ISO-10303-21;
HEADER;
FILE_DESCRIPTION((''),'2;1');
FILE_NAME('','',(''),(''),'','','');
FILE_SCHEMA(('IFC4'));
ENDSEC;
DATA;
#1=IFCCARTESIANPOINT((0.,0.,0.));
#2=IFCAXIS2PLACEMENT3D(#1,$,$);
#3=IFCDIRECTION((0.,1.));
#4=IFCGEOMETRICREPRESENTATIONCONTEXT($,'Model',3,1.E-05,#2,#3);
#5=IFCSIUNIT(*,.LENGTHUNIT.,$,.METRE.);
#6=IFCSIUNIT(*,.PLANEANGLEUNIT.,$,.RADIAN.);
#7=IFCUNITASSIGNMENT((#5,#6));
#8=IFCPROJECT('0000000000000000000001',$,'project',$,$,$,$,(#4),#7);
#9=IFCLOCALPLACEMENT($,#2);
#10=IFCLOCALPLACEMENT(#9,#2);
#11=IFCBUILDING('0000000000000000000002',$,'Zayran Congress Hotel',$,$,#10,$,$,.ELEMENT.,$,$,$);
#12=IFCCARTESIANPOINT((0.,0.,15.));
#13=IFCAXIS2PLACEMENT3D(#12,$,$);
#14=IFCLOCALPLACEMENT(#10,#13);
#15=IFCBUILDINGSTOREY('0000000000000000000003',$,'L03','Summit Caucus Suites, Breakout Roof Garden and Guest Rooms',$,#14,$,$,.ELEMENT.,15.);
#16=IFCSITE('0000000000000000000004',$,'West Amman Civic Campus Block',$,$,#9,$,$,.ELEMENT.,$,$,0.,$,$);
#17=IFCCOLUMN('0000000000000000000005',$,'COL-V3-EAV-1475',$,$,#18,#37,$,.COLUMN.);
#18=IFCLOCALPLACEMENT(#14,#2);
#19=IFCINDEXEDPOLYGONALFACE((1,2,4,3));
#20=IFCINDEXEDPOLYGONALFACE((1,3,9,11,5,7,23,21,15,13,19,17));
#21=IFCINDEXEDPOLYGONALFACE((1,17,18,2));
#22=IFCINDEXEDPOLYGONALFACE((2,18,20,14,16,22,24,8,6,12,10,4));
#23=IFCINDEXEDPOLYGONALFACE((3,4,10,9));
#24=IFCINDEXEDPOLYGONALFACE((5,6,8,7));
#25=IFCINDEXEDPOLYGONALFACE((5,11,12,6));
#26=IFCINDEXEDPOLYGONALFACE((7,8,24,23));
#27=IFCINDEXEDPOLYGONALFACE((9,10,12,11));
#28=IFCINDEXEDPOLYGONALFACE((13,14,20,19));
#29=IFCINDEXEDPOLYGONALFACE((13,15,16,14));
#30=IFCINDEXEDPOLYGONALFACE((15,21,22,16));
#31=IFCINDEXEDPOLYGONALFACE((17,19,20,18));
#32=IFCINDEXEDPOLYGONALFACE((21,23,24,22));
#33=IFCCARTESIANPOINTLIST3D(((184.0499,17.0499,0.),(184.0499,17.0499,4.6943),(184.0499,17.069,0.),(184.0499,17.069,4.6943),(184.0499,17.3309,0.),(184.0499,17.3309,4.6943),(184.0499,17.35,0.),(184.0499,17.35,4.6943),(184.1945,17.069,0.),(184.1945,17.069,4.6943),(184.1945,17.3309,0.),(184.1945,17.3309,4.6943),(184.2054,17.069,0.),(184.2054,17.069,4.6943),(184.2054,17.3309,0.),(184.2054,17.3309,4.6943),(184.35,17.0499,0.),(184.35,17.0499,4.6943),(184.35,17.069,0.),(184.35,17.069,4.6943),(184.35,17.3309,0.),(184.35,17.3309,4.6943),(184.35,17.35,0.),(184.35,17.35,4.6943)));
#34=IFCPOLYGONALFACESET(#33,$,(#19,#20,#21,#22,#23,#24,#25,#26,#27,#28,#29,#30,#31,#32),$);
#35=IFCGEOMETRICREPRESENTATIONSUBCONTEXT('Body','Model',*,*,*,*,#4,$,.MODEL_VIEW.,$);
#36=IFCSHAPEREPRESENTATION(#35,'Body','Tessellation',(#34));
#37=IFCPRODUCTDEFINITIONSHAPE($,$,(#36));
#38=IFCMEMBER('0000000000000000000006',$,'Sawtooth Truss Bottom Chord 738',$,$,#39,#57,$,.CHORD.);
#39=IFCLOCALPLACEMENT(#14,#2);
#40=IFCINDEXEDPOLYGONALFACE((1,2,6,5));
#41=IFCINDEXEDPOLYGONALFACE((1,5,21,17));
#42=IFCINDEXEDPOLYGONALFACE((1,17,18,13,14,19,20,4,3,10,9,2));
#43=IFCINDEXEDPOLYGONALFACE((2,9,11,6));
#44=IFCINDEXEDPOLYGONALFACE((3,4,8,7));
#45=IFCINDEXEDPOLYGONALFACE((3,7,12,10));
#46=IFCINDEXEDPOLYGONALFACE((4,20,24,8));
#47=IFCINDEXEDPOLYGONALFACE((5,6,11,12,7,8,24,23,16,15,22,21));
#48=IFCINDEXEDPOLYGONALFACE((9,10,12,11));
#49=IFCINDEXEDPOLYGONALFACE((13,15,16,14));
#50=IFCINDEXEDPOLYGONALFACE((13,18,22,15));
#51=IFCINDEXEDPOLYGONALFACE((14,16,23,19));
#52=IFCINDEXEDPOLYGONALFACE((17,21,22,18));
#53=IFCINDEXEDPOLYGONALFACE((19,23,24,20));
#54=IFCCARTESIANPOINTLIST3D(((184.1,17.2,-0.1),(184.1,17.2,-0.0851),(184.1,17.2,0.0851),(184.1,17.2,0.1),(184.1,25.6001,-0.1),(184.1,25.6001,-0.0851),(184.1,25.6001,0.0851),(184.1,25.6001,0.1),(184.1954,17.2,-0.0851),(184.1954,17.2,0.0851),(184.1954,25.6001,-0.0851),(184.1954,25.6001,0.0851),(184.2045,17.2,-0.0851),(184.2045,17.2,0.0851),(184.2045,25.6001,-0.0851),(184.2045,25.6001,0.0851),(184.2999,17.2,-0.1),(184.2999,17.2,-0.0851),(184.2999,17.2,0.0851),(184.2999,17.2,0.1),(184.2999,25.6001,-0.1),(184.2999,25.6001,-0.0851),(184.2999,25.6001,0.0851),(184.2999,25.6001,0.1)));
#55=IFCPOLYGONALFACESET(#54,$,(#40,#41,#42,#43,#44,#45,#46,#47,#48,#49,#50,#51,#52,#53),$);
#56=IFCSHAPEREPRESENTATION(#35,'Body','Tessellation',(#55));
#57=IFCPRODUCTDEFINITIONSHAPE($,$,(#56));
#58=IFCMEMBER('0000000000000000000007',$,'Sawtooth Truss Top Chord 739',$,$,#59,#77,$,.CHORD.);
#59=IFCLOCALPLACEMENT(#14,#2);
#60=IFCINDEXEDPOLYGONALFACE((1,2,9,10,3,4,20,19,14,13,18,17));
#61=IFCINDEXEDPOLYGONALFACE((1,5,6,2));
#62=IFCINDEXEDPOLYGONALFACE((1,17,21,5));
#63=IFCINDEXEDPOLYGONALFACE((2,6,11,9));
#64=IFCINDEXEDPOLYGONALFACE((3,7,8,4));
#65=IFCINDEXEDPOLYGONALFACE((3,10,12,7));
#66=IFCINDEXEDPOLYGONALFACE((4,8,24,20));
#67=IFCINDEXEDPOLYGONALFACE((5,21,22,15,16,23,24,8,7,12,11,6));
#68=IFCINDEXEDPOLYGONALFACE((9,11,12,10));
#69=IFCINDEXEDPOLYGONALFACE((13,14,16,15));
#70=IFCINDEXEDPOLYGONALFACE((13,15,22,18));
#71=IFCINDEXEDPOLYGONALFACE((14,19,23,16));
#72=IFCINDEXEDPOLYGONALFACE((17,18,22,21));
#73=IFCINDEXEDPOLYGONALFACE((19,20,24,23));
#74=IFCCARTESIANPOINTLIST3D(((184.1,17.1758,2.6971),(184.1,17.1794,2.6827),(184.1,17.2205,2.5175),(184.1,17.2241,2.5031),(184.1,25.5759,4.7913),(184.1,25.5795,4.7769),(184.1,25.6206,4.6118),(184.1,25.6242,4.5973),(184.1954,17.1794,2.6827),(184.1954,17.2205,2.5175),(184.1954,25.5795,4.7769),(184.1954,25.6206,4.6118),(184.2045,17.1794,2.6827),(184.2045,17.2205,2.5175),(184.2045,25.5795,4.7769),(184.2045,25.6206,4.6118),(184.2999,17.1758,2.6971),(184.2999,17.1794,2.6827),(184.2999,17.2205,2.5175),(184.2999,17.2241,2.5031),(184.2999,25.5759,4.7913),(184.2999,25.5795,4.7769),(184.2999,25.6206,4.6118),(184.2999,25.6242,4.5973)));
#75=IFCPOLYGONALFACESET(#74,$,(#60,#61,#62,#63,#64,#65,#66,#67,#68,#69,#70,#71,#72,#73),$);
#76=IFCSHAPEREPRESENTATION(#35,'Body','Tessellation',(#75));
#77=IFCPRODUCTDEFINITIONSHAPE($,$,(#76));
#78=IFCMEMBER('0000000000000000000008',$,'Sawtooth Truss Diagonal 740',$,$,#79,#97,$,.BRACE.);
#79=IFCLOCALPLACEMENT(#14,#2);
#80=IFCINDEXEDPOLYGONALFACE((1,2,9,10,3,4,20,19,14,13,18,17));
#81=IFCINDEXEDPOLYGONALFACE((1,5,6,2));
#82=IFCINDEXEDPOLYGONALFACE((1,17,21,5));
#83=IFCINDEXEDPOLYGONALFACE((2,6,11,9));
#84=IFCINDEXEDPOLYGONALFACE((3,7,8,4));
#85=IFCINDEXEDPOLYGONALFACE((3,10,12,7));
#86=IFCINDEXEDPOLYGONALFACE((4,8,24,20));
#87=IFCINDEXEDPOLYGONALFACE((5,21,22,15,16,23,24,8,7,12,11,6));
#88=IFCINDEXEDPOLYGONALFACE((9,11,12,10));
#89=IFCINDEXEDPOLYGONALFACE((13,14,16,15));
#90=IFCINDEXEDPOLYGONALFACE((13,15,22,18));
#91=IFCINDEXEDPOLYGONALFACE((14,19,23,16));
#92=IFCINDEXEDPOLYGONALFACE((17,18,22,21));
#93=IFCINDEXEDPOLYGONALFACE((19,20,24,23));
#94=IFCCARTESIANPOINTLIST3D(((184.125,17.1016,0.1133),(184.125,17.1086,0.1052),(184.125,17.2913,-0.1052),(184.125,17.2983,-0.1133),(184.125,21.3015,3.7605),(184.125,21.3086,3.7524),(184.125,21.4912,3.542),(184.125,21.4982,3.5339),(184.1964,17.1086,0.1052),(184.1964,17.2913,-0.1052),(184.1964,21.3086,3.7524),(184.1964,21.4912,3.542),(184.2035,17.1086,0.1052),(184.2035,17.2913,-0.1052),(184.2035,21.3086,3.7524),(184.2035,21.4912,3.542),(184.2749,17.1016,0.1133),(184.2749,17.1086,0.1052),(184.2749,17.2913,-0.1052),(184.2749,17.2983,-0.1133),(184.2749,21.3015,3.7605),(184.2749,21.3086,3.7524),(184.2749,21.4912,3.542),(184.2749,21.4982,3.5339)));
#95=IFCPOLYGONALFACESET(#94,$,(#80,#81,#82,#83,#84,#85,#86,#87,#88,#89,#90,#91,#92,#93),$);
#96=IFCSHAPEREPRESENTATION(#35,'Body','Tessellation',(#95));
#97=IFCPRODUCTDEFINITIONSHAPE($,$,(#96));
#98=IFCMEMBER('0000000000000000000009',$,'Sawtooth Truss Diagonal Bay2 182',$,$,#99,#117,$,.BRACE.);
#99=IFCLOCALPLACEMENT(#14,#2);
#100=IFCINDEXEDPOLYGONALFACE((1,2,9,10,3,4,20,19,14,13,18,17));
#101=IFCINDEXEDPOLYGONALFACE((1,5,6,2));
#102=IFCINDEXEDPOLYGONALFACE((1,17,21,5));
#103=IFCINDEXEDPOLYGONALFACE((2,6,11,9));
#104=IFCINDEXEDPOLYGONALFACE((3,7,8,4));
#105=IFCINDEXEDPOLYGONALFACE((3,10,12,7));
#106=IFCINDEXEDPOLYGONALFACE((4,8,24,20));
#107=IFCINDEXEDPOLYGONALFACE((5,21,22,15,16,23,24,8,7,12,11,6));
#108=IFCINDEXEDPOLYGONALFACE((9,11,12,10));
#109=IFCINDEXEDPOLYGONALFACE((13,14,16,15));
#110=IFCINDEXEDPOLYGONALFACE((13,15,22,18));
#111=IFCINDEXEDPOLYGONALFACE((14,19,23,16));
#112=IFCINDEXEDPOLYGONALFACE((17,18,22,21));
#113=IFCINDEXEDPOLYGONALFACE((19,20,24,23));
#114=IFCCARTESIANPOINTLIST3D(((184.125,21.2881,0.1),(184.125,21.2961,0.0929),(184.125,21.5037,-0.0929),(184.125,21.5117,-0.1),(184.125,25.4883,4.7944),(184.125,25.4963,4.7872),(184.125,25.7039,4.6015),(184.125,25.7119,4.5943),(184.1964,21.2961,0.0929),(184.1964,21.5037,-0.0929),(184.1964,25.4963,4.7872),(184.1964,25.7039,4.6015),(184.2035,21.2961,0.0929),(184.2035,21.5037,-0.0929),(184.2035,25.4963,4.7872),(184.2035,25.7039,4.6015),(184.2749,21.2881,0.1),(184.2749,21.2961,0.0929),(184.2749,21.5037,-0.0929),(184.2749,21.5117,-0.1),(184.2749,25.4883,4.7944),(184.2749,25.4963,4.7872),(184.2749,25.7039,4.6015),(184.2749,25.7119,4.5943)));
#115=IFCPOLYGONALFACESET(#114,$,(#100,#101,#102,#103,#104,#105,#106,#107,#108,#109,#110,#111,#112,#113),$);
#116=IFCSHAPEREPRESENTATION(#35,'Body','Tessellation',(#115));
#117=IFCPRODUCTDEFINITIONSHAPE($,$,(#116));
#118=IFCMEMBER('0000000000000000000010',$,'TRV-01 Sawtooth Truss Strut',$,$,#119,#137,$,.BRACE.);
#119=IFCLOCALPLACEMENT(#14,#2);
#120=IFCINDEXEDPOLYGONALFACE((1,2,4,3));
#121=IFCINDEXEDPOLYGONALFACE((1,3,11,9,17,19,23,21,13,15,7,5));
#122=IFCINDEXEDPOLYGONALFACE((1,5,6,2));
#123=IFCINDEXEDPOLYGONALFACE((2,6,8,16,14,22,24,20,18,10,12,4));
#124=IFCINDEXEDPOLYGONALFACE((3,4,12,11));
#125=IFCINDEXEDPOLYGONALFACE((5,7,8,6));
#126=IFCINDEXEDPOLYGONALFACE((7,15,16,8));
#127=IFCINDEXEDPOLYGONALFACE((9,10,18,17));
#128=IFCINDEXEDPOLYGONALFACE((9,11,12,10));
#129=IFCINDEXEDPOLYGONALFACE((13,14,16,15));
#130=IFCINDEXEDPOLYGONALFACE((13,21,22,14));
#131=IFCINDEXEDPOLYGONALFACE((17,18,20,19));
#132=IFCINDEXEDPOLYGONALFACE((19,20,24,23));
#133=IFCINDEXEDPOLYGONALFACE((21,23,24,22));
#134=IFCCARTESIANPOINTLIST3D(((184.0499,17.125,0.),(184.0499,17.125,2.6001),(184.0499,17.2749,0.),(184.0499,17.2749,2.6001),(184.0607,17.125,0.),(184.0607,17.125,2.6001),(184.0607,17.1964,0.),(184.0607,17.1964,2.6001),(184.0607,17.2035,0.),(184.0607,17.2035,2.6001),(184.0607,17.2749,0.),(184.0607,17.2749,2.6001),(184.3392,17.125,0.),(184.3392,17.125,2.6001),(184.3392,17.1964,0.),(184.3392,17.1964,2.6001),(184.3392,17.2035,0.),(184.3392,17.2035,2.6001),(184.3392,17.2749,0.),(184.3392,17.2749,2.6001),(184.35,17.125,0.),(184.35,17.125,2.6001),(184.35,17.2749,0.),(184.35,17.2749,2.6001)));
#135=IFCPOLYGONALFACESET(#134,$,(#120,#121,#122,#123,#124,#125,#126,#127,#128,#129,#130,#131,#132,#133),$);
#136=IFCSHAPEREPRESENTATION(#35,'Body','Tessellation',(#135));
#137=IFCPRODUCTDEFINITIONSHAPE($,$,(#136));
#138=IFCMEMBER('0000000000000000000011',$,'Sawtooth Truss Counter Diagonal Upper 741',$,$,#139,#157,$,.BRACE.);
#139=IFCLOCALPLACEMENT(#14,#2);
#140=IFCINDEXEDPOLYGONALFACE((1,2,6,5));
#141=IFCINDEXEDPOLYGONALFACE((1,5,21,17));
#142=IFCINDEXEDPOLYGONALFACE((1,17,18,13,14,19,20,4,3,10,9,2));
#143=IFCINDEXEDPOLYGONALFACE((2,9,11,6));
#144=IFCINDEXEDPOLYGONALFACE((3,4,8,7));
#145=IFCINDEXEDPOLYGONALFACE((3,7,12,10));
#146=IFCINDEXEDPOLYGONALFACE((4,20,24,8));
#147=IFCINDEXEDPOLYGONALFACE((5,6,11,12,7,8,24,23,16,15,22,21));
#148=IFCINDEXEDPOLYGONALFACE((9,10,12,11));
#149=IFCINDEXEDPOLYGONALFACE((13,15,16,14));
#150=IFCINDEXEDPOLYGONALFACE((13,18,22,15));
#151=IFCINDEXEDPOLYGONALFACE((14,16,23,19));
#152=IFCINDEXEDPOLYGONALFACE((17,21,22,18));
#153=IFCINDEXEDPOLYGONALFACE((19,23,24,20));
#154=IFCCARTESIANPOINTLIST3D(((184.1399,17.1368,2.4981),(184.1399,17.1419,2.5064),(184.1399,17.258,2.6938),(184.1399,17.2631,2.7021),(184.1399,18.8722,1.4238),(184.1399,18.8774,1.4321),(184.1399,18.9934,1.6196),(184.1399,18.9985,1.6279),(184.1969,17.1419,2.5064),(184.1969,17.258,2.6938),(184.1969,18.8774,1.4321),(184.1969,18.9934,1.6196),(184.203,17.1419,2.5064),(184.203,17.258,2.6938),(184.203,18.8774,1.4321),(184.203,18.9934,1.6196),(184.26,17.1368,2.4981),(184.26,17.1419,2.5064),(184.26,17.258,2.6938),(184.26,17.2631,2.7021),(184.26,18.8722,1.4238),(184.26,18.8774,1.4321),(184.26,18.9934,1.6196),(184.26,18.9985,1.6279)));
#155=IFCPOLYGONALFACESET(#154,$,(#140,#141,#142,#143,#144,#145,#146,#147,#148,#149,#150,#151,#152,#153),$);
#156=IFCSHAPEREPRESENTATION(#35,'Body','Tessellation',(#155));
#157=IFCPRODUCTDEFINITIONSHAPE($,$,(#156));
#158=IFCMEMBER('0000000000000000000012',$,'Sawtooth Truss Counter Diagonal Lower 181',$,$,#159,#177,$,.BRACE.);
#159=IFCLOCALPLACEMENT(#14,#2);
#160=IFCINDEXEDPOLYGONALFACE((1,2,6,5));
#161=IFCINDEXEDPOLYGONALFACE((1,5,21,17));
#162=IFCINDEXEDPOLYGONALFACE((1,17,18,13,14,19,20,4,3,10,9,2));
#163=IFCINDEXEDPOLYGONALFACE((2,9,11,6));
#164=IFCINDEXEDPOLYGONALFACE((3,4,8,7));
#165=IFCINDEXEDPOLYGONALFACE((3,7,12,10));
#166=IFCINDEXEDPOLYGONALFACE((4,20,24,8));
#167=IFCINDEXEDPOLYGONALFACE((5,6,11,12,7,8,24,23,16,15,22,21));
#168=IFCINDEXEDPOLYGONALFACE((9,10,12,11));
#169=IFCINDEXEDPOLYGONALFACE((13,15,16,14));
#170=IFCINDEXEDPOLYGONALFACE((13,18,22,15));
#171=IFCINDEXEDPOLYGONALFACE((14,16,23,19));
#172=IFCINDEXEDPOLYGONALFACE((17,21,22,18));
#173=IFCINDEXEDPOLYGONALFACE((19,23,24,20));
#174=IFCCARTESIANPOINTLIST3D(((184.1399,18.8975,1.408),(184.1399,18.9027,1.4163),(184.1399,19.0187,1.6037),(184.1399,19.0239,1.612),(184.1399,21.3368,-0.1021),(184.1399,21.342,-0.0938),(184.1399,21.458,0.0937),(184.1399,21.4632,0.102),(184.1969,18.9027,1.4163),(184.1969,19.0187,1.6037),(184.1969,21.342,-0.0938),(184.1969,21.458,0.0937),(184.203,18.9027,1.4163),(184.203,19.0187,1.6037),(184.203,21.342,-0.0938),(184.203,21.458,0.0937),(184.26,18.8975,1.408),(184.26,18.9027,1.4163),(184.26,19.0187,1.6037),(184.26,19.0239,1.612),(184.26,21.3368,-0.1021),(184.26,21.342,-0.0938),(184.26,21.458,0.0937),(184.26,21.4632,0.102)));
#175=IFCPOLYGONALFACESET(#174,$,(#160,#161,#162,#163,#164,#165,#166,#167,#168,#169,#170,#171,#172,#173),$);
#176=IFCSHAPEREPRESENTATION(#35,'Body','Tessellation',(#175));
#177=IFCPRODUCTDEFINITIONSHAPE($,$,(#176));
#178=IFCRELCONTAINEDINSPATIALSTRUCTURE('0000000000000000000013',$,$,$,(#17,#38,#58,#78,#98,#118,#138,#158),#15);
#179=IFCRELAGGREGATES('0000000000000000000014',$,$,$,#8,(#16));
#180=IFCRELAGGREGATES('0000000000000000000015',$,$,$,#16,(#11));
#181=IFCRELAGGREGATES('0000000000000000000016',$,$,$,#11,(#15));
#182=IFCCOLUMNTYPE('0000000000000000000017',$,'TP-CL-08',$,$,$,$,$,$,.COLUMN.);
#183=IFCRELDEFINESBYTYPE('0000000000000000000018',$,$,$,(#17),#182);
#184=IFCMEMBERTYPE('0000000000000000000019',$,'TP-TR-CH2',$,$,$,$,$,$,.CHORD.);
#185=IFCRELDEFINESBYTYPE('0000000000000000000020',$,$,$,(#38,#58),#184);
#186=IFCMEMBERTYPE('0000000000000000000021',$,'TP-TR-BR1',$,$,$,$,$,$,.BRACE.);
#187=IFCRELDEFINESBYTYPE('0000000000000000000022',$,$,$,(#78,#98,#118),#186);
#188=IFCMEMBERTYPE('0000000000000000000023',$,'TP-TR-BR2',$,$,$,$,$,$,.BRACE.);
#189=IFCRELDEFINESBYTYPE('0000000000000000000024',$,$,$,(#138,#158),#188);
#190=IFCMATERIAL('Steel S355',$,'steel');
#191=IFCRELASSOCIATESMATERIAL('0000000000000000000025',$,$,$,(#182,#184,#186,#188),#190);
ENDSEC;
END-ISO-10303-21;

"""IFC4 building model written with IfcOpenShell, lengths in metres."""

from ifc_helpers import new_model, si_unit, direction, frame, origin, origin_2d, place, context, subcontext, project, spatial, i_section, extrude, material, material_profile, profile_set, type_object, element, save


model = new_model("IFC4")

# Units and contexts
model_context = context("Model", 3, precision=1e-05, world=origin(), true_north=direction((0.0, 1.0)))
body_context = subcontext(model_context, "Body", "Model", "MODEL_VIEW")
ifc_project = project(units=[si_unit("LENGTHUNIT", "METRE"), si_unit("PLANEANGLEUNIT", "RADIAN")], contexts=[model_context])

# Site, building, storey
site_placement = place(None, origin())
site = spatial("IfcSite", under=ifc_project, at=site_placement, Name="West Amman Civic Campus Block", CompositionType="ELEMENT", RefElevation=0.0)
building_placement = place(site_placement, origin())
building = spatial("IfcBuilding", under=site, at=building_placement, Name="Zayran Congress Hotel", CompositionType="ELEMENT")
storey_placement = place(building_placement, frame((0.0, 0.0, 15.0)))
storey = spatial("IfcBuildingStorey", under=building, at=storey_placement, Name="L03", Description="Summit Caucus Suites, Breakout Roof Garden and Guest Rooms", CompositionType="ELEMENT", Elevation=15.0)

# Column
ifc_material_1 = material(Name="Steel S355", Category="steel")
ifc_material_profile_1 = material_profile(ifc_material_1, i_section(OverallWidth=0.3, OverallDepth=0.3, WebThickness=0.011, FlangeThickness=0.019, at=origin_2d()), Name="HEB 300")
ifc_profile_set_1 = profile_set([ifc_material_profile_1], Name="Steel S355")
column_type = type_object("IfcColumnType", Name="TP-CL-08", PredefinedType="COLUMN", material=ifc_profile_set_1)
column_placement = place(storey_placement, frame((184.2, 17.2, 0.0), z_axis=(0.0, 0.0, 1.0), x_axis=(1.0, 0.0, 0.0)))
element("IfcColumn", 1, at=column_placement, inside=storey, type_object=column_type, Name="COL-V3-EAV-1475", PredefinedType="COLUMN", context=body_context, shape_type="SweptSolid", body=[
    extrude(i_section(OverallWidth=0.3, OverallDepth=0.3, WebThickness=0.011, FlangeThickness=0.019, at=origin_2d()), origin(), (0.0, 0.0, 1.0), 4.6943),
])

# Members
ifc_material_profile_2 = material_profile(ifc_material_1, i_section(OverallWidth=0.2, OverallDepth=0.2, WebThickness=0.009, FlangeThickness=0.0149, at=origin_2d()), Name="HEB 200")
ifc_profile_set_2 = profile_set([ifc_material_profile_2], Name="Steel S355")
member_type_1 = type_object("IfcMemberType", Name="TP-TR-CH2", PredefinedType="CHORD", material=ifc_profile_set_2)
member_1_placement = place(storey_placement, frame((184.2, 17.2, 0.0), z_axis=(0.0, 1.0, 0.0), x_axis=(-1.0, 0.0, 0.0)))
element("IfcMember", 2, at=member_1_placement, inside=storey, type_object=member_type_1, Name="Sawtooth Truss Bottom Chord 738", PredefinedType="CHORD", context=body_context, shape_type="SweptSolid", body=[
    extrude(i_section(OverallWidth=0.2, OverallDepth=0.2, WebThickness=0.009, FlangeThickness=0.0149, at=origin_2d()), origin(), (0.0, 0.0, 1.0), 8.4001),
])
member_2_placement = place(storey_placement, frame((184.2, 17.2, 2.6001), z_axis=(0.0, 0.9703, 0.241905), x_axis=(-1.0, 0.0, 0.0)))
element("IfcMember", 3, at=member_2_placement, inside=storey, type_object=member_type_1, Name="Sawtooth Truss Top Chord 739", PredefinedType="CHORD", context=body_context, shape_type="SweptSolid", body=[
    extrude(i_section(OverallWidth=0.2, OverallDepth=0.2, WebThickness=0.009, FlangeThickness=0.0149, at=origin_2d()), origin(), (0.0, 0.0, 1.0), 8.6572),
])
ifc_material_profile_3 = material_profile(ifc_material_1, i_section(OverallWidth=0.1499, OverallDepth=0.3, WebThickness=0.0071, FlangeThickness=0.0107, at=origin_2d()), Name="IPE 300")
ifc_profile_set_3 = profile_set([ifc_material_profile_3], Name="Steel S355")
member_type_2 = type_object("IfcMemberType", Name="TP-TR-BR1", PredefinedType="BRACE", material=ifc_profile_set_3)
member_3_placement = place(storey_placement, frame((184.2, 17.2, 0.0), z_axis=(0.0, 0.755043, 0.655675), x_axis=(-1.0, 0.0, 0.0)))
element("IfcMember", 4, at=member_3_placement, inside=storey, type_object=member_type_2, Name="Sawtooth Truss Diagonal 740", PredefinedType="BRACE", context=body_context, shape_type="SweptSolid", body=[
    extrude(i_section(OverallWidth=0.1499, OverallDepth=0.3, WebThickness=0.0071, FlangeThickness=0.0107, at=origin_2d()), origin(), (0.0, 0.0, 1.0), 5.5625),
])
member_4_placement = place(storey_placement, frame((184.2, 21.3999, 0.0), z_axis=(0.0, 0.666795, 0.745241), x_axis=(-1.0, 0.0, 0.0)))
element("IfcMember", 5, at=member_4_placement, inside=storey, type_object=member_type_2, Name="Sawtooth Truss Diagonal Bay2 182", PredefinedType="BRACE", context=body_context, shape_type="SweptSolid", body=[
    extrude(i_section(OverallWidth=0.1499, OverallDepth=0.3, WebThickness=0.0071, FlangeThickness=0.0107, at=origin_2d()), origin(), (0.0, 0.0, 1.0), 6.2991),
])
member_5_placement = place(storey_placement, frame((184.2, 17.2, 0.0), z_axis=(0.0, 0.0, 1.0), x_axis=(0.0, 1.0, 0.0)))
element("IfcMember", 6, at=member_5_placement, inside=storey, type_object=member_type_2, Name="TRV-01 Sawtooth Truss Strut", PredefinedType="BRACE", context=body_context, shape_type="SweptSolid", body=[
    extrude(i_section(OverallWidth=0.1499, OverallDepth=0.3, WebThickness=0.0071, FlangeThickness=0.0107, at=origin_2d()), origin(), (0.0, 0.0, 1.0), 2.6001),
])
ifc_material_profile_4 = material_profile(ifc_material_1, i_section(OverallWidth=0.1201, OverallDepth=0.24, WebThickness=0.0061, FlangeThickness=0.0098, at=origin_2d()), Name="IPE 240")
ifc_profile_set_4 = profile_set([ifc_material_profile_4], Name="Steel S355")
member_type_3 = type_object("IfcMemberType", Name="TP-TR-BR2", PredefinedType="BRACE", material=ifc_profile_set_4)
member_6_placement = place(storey_placement, frame((184.2, 17.2, 2.6001), z_axis=(0.0, 0.850275, -0.526338), x_axis=(-1.0, 0.0, 0.0)))
element("IfcMember", 7, at=member_6_placement, inside=storey, type_object=member_type_3, Name="Sawtooth Truss Counter Diagonal Upper 741", PredefinedType="BRACE", context=body_context, shape_type="SweptSolid", body=[
    extrude(i_section(OverallWidth=0.1201, OverallDepth=0.24, WebThickness=0.0061, FlangeThickness=0.0098, at=origin_2d()), origin(), (0.0, 0.0, 1.0), 2.041),
])
member_7_placement = place(storey_placement, frame((184.2, 18.9607, 1.51), z_axis=(0.0, 0.850262, -0.52636), x_axis=(-1.0, 0.0, 0.0)))
element("IfcMember", 8, at=member_7_placement, inside=storey, type_object=member_type_3, Name="Sawtooth Truss Counter Diagonal Lower 181", PredefinedType="BRACE", context=body_context, shape_type="SweptSolid", body=[
    extrude(i_section(OverallWidth=0.1201, OverallDepth=0.24, WebThickness=0.0061, FlangeThickness=0.0098, at=origin_2d()), origin(), (0.0, 0.0, 1.0), 2.8689),
])

save(model, "model.ifc")
